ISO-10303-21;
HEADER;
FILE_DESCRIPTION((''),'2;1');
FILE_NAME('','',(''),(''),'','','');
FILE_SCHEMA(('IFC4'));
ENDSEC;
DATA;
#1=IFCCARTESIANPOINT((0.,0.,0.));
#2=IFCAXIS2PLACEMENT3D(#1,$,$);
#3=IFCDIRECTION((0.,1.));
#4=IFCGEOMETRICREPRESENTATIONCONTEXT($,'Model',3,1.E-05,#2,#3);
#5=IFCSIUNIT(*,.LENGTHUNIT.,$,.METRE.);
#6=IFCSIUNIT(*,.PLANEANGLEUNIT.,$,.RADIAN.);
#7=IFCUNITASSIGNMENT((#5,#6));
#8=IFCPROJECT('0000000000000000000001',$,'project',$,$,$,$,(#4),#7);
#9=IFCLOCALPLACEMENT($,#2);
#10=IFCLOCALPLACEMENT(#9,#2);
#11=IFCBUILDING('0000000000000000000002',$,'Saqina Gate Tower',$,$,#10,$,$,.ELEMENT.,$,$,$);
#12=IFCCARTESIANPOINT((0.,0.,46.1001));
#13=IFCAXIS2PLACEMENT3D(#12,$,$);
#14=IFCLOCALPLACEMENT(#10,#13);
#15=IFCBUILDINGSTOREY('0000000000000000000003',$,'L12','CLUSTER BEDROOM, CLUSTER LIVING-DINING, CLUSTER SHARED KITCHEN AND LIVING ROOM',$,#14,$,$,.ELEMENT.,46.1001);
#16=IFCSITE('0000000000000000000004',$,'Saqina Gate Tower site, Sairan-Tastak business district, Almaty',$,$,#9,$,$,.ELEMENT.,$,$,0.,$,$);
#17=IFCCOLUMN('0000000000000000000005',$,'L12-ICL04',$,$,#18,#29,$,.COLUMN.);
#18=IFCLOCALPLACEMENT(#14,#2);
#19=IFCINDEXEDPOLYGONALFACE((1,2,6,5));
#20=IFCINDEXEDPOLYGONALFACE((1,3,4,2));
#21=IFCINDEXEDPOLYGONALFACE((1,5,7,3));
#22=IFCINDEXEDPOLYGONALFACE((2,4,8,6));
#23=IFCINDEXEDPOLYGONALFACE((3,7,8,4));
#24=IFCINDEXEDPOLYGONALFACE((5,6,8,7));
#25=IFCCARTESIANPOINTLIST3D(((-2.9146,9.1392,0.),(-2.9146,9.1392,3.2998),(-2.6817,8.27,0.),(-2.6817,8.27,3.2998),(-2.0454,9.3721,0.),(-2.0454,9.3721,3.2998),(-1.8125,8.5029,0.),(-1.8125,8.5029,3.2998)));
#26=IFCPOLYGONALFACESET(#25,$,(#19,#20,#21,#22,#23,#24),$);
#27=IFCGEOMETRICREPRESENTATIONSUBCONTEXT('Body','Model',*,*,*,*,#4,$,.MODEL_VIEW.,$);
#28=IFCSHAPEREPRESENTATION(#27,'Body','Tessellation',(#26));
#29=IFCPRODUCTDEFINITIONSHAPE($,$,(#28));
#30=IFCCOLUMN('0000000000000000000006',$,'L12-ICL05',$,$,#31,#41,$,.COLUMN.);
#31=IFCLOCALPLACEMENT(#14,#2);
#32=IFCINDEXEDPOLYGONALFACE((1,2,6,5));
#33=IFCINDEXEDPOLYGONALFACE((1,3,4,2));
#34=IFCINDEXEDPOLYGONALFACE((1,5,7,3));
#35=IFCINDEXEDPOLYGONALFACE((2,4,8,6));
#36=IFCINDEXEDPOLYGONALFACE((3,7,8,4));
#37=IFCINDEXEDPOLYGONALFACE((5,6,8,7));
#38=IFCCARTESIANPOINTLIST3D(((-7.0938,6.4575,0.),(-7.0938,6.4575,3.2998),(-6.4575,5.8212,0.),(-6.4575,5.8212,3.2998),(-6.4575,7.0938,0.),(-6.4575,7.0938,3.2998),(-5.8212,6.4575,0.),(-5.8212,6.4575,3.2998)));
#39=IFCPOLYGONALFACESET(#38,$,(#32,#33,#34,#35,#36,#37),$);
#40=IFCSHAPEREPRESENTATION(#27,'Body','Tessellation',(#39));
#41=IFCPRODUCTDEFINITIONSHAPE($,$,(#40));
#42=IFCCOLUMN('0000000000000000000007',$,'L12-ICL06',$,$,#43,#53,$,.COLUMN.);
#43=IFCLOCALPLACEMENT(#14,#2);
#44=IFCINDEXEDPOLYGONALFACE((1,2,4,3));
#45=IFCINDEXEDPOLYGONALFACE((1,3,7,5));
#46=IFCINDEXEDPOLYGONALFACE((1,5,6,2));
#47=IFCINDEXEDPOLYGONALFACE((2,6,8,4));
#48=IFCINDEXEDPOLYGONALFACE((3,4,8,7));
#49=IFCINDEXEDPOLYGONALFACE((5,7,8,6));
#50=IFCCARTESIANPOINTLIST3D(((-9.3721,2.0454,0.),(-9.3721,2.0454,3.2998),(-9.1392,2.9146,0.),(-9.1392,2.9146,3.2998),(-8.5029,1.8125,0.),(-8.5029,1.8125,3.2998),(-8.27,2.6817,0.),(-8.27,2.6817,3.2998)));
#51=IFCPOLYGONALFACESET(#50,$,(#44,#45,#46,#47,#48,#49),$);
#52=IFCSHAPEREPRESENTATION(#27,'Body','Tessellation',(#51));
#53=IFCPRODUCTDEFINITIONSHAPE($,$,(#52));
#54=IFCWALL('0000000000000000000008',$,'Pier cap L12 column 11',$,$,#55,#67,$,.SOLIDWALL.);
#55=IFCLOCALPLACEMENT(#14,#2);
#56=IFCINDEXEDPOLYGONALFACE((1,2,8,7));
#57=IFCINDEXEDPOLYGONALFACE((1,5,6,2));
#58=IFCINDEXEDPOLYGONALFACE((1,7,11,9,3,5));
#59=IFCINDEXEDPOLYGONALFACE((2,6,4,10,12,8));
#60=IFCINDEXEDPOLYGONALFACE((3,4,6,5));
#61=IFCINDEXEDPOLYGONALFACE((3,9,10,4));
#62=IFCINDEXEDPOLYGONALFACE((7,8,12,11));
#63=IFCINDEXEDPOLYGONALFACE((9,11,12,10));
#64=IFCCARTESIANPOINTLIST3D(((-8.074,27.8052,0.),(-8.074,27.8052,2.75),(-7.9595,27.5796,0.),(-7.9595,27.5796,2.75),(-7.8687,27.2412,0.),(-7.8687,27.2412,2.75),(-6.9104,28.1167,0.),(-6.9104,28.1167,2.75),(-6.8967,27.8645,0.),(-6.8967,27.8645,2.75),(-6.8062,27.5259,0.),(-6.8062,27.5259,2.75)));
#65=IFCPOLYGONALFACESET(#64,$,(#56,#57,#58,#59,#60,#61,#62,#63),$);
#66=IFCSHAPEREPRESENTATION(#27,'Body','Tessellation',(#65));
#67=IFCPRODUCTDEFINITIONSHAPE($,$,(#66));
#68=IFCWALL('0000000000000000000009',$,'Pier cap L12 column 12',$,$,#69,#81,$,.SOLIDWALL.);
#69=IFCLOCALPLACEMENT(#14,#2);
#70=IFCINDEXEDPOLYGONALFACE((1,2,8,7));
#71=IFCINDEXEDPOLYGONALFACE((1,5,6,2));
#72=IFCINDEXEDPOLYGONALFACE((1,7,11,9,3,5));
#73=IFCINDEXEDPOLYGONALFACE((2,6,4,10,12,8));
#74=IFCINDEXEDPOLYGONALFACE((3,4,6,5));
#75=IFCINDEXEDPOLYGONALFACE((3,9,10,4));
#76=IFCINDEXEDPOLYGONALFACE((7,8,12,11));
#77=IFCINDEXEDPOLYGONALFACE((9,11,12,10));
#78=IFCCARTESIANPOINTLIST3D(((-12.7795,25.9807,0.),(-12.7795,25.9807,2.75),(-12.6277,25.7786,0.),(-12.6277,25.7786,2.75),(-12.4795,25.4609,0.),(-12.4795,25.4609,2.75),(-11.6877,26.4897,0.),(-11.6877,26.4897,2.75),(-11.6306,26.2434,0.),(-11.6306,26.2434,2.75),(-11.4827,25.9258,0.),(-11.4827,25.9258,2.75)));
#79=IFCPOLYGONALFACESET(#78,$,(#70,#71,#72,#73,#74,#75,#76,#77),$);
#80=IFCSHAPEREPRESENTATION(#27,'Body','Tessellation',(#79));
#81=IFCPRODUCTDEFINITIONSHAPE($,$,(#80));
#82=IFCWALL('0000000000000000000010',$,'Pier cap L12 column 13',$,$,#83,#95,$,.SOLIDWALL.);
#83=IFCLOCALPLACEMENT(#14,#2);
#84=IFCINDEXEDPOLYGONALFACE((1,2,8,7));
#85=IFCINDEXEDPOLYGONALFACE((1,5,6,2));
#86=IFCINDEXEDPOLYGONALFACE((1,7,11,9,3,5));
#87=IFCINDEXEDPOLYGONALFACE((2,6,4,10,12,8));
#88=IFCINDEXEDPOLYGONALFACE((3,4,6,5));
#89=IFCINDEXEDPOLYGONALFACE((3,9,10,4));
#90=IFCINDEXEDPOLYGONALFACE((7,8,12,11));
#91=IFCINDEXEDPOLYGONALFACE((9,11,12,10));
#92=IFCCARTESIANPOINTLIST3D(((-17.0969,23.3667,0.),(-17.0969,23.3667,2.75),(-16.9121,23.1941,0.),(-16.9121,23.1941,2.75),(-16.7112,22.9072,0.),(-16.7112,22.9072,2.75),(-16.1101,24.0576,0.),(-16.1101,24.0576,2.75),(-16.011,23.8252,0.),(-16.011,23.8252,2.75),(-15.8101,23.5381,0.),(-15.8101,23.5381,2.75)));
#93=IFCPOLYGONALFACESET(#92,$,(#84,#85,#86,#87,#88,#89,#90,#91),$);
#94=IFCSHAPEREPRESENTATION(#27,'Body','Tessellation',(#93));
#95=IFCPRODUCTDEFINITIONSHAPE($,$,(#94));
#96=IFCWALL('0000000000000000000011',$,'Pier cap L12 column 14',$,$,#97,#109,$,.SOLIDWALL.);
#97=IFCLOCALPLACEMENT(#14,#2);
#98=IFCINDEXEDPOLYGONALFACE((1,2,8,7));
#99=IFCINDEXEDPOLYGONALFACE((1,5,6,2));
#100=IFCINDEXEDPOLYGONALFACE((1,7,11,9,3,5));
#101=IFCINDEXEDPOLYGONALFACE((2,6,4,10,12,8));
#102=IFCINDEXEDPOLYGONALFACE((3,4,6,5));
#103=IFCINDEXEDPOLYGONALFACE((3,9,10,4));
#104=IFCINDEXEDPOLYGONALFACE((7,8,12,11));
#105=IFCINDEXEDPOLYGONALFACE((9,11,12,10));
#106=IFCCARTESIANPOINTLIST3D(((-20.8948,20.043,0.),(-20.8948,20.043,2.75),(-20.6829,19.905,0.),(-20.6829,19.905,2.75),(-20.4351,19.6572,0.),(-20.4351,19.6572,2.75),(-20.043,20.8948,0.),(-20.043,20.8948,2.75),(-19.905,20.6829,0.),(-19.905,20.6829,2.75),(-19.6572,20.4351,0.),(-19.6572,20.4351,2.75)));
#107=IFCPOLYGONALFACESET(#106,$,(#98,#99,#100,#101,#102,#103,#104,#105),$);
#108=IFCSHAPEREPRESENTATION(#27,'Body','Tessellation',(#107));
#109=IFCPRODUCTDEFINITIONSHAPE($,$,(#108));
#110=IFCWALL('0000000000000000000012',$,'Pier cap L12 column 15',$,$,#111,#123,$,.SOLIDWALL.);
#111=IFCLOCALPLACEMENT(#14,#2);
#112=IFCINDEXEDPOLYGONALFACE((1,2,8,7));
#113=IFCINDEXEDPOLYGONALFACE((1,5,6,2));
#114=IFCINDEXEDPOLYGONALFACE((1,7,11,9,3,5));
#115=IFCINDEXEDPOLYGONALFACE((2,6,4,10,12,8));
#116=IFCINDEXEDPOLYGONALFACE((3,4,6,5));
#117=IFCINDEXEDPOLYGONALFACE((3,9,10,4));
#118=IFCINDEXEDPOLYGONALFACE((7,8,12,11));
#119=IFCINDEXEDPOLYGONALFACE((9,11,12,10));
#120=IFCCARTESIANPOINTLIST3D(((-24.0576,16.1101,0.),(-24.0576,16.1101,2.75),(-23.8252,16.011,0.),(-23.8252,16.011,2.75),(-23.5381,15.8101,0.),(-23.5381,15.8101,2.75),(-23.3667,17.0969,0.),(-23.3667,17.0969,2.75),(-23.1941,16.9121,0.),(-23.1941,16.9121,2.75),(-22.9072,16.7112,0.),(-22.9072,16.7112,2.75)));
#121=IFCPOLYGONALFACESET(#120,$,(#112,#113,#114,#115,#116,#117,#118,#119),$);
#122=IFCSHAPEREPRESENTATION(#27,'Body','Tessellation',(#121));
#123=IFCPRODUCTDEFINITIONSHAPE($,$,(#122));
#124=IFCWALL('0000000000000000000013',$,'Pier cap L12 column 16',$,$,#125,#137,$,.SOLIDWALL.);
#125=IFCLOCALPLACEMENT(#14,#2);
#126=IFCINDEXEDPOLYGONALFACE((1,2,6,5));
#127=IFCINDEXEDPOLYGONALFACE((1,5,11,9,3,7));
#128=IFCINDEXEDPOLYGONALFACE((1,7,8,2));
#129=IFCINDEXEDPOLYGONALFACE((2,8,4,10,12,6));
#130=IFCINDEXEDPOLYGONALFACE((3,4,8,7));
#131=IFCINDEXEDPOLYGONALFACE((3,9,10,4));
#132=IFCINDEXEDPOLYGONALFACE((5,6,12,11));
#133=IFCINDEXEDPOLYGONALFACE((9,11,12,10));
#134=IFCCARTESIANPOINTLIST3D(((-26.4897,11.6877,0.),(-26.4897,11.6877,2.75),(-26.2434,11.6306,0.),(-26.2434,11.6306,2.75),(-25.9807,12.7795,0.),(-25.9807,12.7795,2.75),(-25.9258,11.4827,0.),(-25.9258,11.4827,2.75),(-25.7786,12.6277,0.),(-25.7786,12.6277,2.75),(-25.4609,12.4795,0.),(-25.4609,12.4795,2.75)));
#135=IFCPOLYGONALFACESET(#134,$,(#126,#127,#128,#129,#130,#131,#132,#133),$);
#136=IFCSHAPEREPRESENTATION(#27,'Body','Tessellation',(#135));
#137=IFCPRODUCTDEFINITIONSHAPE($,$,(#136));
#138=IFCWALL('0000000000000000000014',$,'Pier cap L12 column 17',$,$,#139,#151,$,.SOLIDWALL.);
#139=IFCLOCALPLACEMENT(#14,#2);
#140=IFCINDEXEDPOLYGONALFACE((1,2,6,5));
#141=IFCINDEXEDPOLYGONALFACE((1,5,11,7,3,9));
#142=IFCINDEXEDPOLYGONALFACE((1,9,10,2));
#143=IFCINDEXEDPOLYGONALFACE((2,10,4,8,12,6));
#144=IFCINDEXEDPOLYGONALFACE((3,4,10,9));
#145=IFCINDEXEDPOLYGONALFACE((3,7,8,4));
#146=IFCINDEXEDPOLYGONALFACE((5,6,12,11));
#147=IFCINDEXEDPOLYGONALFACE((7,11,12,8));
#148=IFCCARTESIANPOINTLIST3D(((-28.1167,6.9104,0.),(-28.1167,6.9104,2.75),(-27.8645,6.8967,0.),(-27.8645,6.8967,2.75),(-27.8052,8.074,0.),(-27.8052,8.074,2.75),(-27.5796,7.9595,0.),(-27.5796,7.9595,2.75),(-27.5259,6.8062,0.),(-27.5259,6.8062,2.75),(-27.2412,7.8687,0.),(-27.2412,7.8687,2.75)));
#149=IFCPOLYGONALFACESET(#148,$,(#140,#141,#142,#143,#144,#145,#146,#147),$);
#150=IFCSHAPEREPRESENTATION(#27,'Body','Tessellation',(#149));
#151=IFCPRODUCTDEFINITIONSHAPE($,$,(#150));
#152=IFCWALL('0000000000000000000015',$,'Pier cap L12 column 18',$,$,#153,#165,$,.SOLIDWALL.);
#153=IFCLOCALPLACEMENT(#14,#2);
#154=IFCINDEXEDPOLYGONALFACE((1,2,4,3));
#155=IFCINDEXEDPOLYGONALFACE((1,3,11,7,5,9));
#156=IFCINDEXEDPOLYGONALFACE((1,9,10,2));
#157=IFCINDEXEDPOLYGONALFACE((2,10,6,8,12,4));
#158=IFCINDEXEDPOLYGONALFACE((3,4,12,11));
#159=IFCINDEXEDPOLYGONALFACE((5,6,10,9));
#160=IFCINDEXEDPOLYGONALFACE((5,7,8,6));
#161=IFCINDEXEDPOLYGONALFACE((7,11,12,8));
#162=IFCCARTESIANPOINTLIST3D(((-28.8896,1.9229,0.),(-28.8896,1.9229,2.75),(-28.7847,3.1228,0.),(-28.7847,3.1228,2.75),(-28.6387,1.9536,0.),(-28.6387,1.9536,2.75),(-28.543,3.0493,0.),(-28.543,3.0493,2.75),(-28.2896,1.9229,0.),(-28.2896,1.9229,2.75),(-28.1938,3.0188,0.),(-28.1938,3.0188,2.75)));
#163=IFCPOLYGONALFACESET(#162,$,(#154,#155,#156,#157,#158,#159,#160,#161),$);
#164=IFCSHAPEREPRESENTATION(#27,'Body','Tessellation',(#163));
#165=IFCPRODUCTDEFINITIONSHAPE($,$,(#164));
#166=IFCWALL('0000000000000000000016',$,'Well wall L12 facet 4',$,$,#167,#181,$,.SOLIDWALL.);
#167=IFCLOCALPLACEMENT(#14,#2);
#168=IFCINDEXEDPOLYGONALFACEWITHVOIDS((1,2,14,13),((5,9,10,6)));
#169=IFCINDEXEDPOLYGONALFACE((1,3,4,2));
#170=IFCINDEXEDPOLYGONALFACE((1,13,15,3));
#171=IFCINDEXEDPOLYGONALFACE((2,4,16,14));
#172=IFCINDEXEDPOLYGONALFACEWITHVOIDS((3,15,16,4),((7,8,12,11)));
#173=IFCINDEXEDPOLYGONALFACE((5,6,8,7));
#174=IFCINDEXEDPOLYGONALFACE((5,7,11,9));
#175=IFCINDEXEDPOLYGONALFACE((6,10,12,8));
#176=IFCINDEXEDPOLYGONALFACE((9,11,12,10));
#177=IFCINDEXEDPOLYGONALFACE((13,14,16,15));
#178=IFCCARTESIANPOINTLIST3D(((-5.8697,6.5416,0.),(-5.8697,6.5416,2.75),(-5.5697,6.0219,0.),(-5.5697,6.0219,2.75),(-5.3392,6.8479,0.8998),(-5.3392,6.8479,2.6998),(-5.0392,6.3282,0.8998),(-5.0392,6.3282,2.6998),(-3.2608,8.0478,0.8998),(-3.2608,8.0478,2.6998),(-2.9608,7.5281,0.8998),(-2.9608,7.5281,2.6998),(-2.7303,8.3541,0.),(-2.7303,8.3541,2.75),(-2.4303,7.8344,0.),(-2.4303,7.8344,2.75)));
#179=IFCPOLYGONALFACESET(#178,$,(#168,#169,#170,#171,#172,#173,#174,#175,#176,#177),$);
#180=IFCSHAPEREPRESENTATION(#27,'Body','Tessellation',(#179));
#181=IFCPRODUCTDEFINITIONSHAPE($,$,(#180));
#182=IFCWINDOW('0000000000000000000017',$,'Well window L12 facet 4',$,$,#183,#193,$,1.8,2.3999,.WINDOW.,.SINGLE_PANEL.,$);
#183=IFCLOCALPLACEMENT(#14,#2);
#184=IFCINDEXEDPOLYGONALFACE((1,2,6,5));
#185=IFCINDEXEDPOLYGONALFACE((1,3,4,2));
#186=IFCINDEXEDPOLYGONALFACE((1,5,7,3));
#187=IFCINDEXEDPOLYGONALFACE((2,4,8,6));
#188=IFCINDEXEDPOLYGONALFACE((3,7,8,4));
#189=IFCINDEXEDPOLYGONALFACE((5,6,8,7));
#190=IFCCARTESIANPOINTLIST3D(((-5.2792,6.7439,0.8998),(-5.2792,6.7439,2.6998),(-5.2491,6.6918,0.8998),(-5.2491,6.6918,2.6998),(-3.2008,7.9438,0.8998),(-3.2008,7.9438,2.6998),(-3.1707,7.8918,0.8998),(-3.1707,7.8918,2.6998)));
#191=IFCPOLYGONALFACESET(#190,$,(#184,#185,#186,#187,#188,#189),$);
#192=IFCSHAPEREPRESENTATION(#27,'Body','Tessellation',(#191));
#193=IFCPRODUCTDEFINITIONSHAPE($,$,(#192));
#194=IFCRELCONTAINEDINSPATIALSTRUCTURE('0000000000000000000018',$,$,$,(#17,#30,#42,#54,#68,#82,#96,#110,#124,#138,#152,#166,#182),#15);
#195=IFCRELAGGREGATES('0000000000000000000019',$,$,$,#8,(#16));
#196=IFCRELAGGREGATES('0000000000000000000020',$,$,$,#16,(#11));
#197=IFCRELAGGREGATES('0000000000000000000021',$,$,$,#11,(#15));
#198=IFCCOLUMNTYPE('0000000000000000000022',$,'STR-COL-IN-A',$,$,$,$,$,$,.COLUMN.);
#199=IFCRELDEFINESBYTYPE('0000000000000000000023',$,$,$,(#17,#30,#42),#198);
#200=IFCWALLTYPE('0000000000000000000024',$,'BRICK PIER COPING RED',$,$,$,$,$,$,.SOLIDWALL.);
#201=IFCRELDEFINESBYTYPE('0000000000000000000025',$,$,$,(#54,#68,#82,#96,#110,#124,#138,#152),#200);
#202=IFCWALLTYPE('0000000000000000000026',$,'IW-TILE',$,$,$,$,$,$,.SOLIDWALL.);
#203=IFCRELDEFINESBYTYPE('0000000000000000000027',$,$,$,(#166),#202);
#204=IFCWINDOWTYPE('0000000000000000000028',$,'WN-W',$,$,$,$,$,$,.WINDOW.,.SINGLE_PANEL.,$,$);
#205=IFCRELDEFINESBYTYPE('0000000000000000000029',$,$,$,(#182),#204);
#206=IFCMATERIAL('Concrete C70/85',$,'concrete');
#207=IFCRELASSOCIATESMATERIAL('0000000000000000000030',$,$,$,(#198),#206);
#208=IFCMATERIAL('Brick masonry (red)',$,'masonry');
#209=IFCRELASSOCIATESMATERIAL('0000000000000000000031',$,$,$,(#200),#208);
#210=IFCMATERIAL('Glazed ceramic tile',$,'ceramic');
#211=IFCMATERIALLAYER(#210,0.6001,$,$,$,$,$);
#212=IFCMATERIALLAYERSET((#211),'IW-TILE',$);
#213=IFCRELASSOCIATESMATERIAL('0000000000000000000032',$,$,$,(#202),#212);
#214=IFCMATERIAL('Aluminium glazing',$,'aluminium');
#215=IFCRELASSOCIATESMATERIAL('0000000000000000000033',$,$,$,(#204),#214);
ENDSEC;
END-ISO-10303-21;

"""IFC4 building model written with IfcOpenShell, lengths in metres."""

from ifc_helpers import new_model, si_unit, direction, frame, frame_2d, origin, origin_2d, place, context, subcontext, project, spatial, polyline, rectangle, outline, extrude, material, layer, layer_set, material_profile, profile_set, type_object, element, fill, save


model = new_model("IFC4")

# Units and contexts
model_context = context("Model", 3, precision=1e-05, world=origin(), true_north=direction((0.0, 1.0)))
body_context = subcontext(model_context, "Body", "Model", "MODEL_VIEW")
ifc_project = project(units=[si_unit("LENGTHUNIT", "METRE"), si_unit("PLANEANGLEUNIT", "RADIAN")], contexts=[model_context])

# Site, building, storey
site_placement = place(None, origin())
site = spatial("IfcSite", under=ifc_project, at=site_placement, Name="Saqina Gate Tower site, Sairan-Tastak business district, Almaty", CompositionType="ELEMENT", RefElevation=0.0)
building_placement = place(site_placement, origin())
building = spatial("IfcBuilding", under=site, at=building_placement, Name="Saqina Gate Tower", CompositionType="ELEMENT")
storey_placement = place(building_placement, frame((0.0, 0.0, 46.1001)))
storey = spatial("IfcBuildingStorey", under=building, at=storey_placement, Name="L12", Description="CLUSTER BEDROOM, CLUSTER LIVING-DINING, CLUSTER SHARED KITCHEN AND LIVING ROOM", CompositionType="ELEMENT", Elevation=46.1001)

# Columns
ifc_material_1 = material(Name="Concrete C70/85", Category="concrete")
ifc_material_profile = material_profile(ifc_material_1, rectangle(XDim=0.8999, YDim=0.8999, at=origin_2d()), Name="RC 900x900")
ifc_profile_set = profile_set([ifc_material_profile], Name="Concrete C70/85")
column_type = type_object("IfcColumnType", Name="STR-COL-IN-A", PredefinedType="COLUMN", material=ifc_profile_set)
for number, where, z_axis, x_axis, name in (
    (1, (-2.3635, 8.821, 0.0), (0.0, 0.0, 1.0), (-0.258819, 0.965926, 0.0), "L12-ICL04"),
    (2, (-6.4575, 6.4575, 0.0), (0.0, 0.0, 1.0), (-0.707107, 0.707107, 0.0), "L12-ICL05"),
    (3, (-8.821, 2.3635, 0.0), (0.0, 0.0, 1.0), (-0.965926, 0.258819, 0.0), "L12-ICL06"),
):
    element("IfcColumn", number, at=place(storey_placement, frame(where, z_axis=z_axis, x_axis=x_axis)), inside=storey, type_object=column_type, Name=name, PredefinedType="COLUMN", context=body_context, shape_type="SweptSolid", body=[
        extrude(rectangle(XDim=0.8999, YDim=0.8999, at=origin_2d()), origin(), (0.0, 0.0, 1.0), 3.2998),
    ])

# Walls
ifc_material_2 = material(Name="Brick masonry (red)", Category="masonry")
wall_type_1 = type_object("IfcWallType", Name="BRICK PIER COPING RED", PredefinedType="SOLIDWALL", material=ifc_material_2)
wall_1_placement = place(storey_placement, origin())
element("IfcWall", 4, at=wall_1_placement, inside=storey, type_object=wall_type_1, Name="Pier cap L12 column 11", PredefinedType="SOLIDWALL", context=body_context, shape_type="SweptSolid", body=[
    extrude(outline(polyline([(-6.9104, 28.1167), (-8.074, 27.8052), (-7.8687, 27.2412), (-7.9595, 27.5796), (-6.8967, 27.8645), (-6.8062, 27.5259), (-6.9104, 28.1167)])), origin(), (0.0, 0.0, 1.0), 2.75),
])
wall_2_placement = place(storey_placement, origin())
element("IfcWall", 5, at=wall_2_placement, inside=storey, type_object=wall_type_1, Name="Pier cap L12 column 12", PredefinedType="SOLIDWALL", context=body_context, shape_type="SweptSolid", body=[
    extrude(outline(polyline([(-12.7795, 25.9807), (-12.4795, 25.4609), (-12.6277, 25.7786), (-11.6306, 26.2434), (-11.4827, 25.9258), (-11.6877, 26.4897), (-12.7795, 25.9807)])), origin(), (0.0, 0.0, 1.0), 2.75),
])
wall_3_placement = place(storey_placement, origin())
element("IfcWall", 6, at=wall_3_placement, inside=storey, type_object=wall_type_1, Name="Pier cap L12 column 13", PredefinedType="SOLIDWALL", context=body_context, shape_type="SweptSolid", body=[
    extrude(outline(polyline([(-16.1101, 24.0576), (-17.0969, 23.3667), (-16.7112, 22.9072), (-16.9121, 23.1941), (-16.011, 23.8252), (-15.8101, 23.5381), (-16.1101, 24.0576)])), origin(), (0.0, 0.0, 1.0), 2.75),
])
wall_4_placement = place(storey_placement, origin())
element("IfcWall", 7, at=wall_4_placement, inside=storey, type_object=wall_type_1, Name="Pier cap L12 column 14", PredefinedType="SOLIDWALL", context=body_context, shape_type="SweptSolid", body=[
    extrude(outline(polyline([(-20.8948, 20.043), (-20.4351, 19.6572), (-20.6829, 19.905), (-19.905, 20.6829), (-19.6572, 20.4351), (-20.043, 20.8948), (-20.8948, 20.043)])), origin(), (0.0, 0.0, 1.0), 2.75),
])
wall_5_placement = place(storey_placement, origin())
element("IfcWall", 8, at=wall_5_placement, inside=storey, type_object=wall_type_1, Name="Pier cap L12 column 15", PredefinedType="SOLIDWALL", context=body_context, shape_type="SweptSolid", body=[
    extrude(outline(polyline([(-23.3667, 17.0969), (-24.0576, 16.1101), (-23.5381, 15.8101), (-23.8252, 16.011), (-23.1941, 16.9121), (-22.9072, 16.7112), (-23.3667, 17.0969)])), origin(), (0.0, 0.0, 1.0), 2.75),
])
wall_6_placement = place(storey_placement, origin())
element("IfcWall", 9, at=wall_6_placement, inside=storey, type_object=wall_type_1, Name="Pier cap L12 column 16", PredefinedType="SOLIDWALL", context=body_context, shape_type="SweptSolid", body=[
    extrude(outline(polyline([(-26.4897, 11.6877), (-25.9258, 11.4827), (-26.2434, 11.6306), (-25.7786, 12.6277), (-25.4609, 12.4795), (-25.9807, 12.7795), (-26.4897, 11.6877)])), origin(), (0.0, 0.0, 1.0), 2.75),
])
wall_7_placement = place(storey_placement, origin())
element("IfcWall", 10, at=wall_7_placement, inside=storey, type_object=wall_type_1, Name="Pier cap L12 column 17", PredefinedType="SOLIDWALL", context=body_context, shape_type="SweptSolid", body=[
    extrude(outline(polyline([(-28.1167, 6.9104), (-27.5259, 6.8062), (-27.8645, 6.8967), (-27.5796, 7.9595), (-27.2412, 7.8687), (-27.8052, 8.074), (-28.1167, 6.9104)])), origin(), (0.0, 0.0, 1.0), 2.75),
])
wall_8_placement = place(storey_placement, origin())
element("IfcWall", 11, at=wall_8_placement, inside=storey, type_object=wall_type_1, Name="Pier cap L12 column 18", PredefinedType="SOLIDWALL", context=body_context, shape_type="SweptSolid", body=[
    extrude(outline(polyline([(-28.7847, 3.1228), (-28.8896, 1.9229), (-28.2896, 1.9229), (-28.6387, 1.9536), (-28.543, 3.0493), (-28.1938, 3.0188), (-28.7847, 3.1228)])), origin(), (0.0, 0.0, 1.0), 2.75),
])

# Wall, opening, window
ifc_material_3 = material(Name="Glazed ceramic tile", Category="ceramic")
ifc_layer_1 = layer(ifc_material_3, 0.6001)
ifc_layer_set_1 = layer_set([ifc_layer_1], Name="IW-TILE")
wall_type_2 = type_object("IfcWallType", Name="IW-TILE", PredefinedType="SOLIDWALL", material=ifc_layer_set_1)
wall_9_placement = place(storey_placement, frame((-2.5803, 8.0942, 0.0), z_axis=(0.0, 0.0, 1.0), x_axis=(-0.86603, -0.499993, 0.0)))
wall_9 = element("IfcWall", 12, at=wall_9_placement, inside=storey, type_object=wall_type_2, Name="Well wall L12 facet 4", PredefinedType="SOLIDWALL", context=body_context, shape_type="SweptSolid", body=[
    extrude(rectangle(XDim=3.625, YDim=0.6001, at=frame_2d((1.8125, 0.0))), origin(), (0.0, 0.0, 1.0), 2.75),
])
opening_1_placement = place(wall_9_placement, frame((0.6125, 0.0, 0.8999)))
opening_1 = element("IfcOpeningElement", 13, at=opening_1_placement, cuts=wall_9, PredefinedType="OPENING", context=body_context, shape_type="SweptSolid", body=[
    extrude(rectangle(XDim=2.3999, YDim=1.8, at=frame_2d((1.2, 0.8999))), frame((0.0, 0.312, 0.0), z_axis=(0.0, -1.0, 0.0), x_axis=(1.0, 0.0, 0.0)), (0.0, 0.0, 1.0), 0.624),
])
ifc_material_4 = material(Name="Aluminium glazing", Category="aluminium")
window_type = type_object("IfcWindowType", Name="WN-W", PartitioningType="SINGLE_PANEL", PredefinedType="WINDOW", material=ifc_material_4)
window_1_placement = place(opening_1_placement, origin())
window_1 = element("IfcWindow", 14, at=window_1_placement, inside=storey, type_object=window_type, Name="Well window L12 facet 4", OverallHeight=1.8, OverallWidth=2.3999, PartitioningType="SINGLE_PANEL", PredefinedType="WINDOW", context=body_context, shape_type="SweptSolid", body=[
    extrude(rectangle(XDim=2.3999, YDim=1.8, at=frame_2d((1.2, 0.8999))), frame((0.0, -0.1199, 0.0), z_axis=(0.0, -1.0, 0.0), x_axis=(1.0, 0.0, 0.0)), (0.0, 0.0, 1.0), 0.0601),
])
fill(opening_1, window_1)

save(model, "model.ifc")
